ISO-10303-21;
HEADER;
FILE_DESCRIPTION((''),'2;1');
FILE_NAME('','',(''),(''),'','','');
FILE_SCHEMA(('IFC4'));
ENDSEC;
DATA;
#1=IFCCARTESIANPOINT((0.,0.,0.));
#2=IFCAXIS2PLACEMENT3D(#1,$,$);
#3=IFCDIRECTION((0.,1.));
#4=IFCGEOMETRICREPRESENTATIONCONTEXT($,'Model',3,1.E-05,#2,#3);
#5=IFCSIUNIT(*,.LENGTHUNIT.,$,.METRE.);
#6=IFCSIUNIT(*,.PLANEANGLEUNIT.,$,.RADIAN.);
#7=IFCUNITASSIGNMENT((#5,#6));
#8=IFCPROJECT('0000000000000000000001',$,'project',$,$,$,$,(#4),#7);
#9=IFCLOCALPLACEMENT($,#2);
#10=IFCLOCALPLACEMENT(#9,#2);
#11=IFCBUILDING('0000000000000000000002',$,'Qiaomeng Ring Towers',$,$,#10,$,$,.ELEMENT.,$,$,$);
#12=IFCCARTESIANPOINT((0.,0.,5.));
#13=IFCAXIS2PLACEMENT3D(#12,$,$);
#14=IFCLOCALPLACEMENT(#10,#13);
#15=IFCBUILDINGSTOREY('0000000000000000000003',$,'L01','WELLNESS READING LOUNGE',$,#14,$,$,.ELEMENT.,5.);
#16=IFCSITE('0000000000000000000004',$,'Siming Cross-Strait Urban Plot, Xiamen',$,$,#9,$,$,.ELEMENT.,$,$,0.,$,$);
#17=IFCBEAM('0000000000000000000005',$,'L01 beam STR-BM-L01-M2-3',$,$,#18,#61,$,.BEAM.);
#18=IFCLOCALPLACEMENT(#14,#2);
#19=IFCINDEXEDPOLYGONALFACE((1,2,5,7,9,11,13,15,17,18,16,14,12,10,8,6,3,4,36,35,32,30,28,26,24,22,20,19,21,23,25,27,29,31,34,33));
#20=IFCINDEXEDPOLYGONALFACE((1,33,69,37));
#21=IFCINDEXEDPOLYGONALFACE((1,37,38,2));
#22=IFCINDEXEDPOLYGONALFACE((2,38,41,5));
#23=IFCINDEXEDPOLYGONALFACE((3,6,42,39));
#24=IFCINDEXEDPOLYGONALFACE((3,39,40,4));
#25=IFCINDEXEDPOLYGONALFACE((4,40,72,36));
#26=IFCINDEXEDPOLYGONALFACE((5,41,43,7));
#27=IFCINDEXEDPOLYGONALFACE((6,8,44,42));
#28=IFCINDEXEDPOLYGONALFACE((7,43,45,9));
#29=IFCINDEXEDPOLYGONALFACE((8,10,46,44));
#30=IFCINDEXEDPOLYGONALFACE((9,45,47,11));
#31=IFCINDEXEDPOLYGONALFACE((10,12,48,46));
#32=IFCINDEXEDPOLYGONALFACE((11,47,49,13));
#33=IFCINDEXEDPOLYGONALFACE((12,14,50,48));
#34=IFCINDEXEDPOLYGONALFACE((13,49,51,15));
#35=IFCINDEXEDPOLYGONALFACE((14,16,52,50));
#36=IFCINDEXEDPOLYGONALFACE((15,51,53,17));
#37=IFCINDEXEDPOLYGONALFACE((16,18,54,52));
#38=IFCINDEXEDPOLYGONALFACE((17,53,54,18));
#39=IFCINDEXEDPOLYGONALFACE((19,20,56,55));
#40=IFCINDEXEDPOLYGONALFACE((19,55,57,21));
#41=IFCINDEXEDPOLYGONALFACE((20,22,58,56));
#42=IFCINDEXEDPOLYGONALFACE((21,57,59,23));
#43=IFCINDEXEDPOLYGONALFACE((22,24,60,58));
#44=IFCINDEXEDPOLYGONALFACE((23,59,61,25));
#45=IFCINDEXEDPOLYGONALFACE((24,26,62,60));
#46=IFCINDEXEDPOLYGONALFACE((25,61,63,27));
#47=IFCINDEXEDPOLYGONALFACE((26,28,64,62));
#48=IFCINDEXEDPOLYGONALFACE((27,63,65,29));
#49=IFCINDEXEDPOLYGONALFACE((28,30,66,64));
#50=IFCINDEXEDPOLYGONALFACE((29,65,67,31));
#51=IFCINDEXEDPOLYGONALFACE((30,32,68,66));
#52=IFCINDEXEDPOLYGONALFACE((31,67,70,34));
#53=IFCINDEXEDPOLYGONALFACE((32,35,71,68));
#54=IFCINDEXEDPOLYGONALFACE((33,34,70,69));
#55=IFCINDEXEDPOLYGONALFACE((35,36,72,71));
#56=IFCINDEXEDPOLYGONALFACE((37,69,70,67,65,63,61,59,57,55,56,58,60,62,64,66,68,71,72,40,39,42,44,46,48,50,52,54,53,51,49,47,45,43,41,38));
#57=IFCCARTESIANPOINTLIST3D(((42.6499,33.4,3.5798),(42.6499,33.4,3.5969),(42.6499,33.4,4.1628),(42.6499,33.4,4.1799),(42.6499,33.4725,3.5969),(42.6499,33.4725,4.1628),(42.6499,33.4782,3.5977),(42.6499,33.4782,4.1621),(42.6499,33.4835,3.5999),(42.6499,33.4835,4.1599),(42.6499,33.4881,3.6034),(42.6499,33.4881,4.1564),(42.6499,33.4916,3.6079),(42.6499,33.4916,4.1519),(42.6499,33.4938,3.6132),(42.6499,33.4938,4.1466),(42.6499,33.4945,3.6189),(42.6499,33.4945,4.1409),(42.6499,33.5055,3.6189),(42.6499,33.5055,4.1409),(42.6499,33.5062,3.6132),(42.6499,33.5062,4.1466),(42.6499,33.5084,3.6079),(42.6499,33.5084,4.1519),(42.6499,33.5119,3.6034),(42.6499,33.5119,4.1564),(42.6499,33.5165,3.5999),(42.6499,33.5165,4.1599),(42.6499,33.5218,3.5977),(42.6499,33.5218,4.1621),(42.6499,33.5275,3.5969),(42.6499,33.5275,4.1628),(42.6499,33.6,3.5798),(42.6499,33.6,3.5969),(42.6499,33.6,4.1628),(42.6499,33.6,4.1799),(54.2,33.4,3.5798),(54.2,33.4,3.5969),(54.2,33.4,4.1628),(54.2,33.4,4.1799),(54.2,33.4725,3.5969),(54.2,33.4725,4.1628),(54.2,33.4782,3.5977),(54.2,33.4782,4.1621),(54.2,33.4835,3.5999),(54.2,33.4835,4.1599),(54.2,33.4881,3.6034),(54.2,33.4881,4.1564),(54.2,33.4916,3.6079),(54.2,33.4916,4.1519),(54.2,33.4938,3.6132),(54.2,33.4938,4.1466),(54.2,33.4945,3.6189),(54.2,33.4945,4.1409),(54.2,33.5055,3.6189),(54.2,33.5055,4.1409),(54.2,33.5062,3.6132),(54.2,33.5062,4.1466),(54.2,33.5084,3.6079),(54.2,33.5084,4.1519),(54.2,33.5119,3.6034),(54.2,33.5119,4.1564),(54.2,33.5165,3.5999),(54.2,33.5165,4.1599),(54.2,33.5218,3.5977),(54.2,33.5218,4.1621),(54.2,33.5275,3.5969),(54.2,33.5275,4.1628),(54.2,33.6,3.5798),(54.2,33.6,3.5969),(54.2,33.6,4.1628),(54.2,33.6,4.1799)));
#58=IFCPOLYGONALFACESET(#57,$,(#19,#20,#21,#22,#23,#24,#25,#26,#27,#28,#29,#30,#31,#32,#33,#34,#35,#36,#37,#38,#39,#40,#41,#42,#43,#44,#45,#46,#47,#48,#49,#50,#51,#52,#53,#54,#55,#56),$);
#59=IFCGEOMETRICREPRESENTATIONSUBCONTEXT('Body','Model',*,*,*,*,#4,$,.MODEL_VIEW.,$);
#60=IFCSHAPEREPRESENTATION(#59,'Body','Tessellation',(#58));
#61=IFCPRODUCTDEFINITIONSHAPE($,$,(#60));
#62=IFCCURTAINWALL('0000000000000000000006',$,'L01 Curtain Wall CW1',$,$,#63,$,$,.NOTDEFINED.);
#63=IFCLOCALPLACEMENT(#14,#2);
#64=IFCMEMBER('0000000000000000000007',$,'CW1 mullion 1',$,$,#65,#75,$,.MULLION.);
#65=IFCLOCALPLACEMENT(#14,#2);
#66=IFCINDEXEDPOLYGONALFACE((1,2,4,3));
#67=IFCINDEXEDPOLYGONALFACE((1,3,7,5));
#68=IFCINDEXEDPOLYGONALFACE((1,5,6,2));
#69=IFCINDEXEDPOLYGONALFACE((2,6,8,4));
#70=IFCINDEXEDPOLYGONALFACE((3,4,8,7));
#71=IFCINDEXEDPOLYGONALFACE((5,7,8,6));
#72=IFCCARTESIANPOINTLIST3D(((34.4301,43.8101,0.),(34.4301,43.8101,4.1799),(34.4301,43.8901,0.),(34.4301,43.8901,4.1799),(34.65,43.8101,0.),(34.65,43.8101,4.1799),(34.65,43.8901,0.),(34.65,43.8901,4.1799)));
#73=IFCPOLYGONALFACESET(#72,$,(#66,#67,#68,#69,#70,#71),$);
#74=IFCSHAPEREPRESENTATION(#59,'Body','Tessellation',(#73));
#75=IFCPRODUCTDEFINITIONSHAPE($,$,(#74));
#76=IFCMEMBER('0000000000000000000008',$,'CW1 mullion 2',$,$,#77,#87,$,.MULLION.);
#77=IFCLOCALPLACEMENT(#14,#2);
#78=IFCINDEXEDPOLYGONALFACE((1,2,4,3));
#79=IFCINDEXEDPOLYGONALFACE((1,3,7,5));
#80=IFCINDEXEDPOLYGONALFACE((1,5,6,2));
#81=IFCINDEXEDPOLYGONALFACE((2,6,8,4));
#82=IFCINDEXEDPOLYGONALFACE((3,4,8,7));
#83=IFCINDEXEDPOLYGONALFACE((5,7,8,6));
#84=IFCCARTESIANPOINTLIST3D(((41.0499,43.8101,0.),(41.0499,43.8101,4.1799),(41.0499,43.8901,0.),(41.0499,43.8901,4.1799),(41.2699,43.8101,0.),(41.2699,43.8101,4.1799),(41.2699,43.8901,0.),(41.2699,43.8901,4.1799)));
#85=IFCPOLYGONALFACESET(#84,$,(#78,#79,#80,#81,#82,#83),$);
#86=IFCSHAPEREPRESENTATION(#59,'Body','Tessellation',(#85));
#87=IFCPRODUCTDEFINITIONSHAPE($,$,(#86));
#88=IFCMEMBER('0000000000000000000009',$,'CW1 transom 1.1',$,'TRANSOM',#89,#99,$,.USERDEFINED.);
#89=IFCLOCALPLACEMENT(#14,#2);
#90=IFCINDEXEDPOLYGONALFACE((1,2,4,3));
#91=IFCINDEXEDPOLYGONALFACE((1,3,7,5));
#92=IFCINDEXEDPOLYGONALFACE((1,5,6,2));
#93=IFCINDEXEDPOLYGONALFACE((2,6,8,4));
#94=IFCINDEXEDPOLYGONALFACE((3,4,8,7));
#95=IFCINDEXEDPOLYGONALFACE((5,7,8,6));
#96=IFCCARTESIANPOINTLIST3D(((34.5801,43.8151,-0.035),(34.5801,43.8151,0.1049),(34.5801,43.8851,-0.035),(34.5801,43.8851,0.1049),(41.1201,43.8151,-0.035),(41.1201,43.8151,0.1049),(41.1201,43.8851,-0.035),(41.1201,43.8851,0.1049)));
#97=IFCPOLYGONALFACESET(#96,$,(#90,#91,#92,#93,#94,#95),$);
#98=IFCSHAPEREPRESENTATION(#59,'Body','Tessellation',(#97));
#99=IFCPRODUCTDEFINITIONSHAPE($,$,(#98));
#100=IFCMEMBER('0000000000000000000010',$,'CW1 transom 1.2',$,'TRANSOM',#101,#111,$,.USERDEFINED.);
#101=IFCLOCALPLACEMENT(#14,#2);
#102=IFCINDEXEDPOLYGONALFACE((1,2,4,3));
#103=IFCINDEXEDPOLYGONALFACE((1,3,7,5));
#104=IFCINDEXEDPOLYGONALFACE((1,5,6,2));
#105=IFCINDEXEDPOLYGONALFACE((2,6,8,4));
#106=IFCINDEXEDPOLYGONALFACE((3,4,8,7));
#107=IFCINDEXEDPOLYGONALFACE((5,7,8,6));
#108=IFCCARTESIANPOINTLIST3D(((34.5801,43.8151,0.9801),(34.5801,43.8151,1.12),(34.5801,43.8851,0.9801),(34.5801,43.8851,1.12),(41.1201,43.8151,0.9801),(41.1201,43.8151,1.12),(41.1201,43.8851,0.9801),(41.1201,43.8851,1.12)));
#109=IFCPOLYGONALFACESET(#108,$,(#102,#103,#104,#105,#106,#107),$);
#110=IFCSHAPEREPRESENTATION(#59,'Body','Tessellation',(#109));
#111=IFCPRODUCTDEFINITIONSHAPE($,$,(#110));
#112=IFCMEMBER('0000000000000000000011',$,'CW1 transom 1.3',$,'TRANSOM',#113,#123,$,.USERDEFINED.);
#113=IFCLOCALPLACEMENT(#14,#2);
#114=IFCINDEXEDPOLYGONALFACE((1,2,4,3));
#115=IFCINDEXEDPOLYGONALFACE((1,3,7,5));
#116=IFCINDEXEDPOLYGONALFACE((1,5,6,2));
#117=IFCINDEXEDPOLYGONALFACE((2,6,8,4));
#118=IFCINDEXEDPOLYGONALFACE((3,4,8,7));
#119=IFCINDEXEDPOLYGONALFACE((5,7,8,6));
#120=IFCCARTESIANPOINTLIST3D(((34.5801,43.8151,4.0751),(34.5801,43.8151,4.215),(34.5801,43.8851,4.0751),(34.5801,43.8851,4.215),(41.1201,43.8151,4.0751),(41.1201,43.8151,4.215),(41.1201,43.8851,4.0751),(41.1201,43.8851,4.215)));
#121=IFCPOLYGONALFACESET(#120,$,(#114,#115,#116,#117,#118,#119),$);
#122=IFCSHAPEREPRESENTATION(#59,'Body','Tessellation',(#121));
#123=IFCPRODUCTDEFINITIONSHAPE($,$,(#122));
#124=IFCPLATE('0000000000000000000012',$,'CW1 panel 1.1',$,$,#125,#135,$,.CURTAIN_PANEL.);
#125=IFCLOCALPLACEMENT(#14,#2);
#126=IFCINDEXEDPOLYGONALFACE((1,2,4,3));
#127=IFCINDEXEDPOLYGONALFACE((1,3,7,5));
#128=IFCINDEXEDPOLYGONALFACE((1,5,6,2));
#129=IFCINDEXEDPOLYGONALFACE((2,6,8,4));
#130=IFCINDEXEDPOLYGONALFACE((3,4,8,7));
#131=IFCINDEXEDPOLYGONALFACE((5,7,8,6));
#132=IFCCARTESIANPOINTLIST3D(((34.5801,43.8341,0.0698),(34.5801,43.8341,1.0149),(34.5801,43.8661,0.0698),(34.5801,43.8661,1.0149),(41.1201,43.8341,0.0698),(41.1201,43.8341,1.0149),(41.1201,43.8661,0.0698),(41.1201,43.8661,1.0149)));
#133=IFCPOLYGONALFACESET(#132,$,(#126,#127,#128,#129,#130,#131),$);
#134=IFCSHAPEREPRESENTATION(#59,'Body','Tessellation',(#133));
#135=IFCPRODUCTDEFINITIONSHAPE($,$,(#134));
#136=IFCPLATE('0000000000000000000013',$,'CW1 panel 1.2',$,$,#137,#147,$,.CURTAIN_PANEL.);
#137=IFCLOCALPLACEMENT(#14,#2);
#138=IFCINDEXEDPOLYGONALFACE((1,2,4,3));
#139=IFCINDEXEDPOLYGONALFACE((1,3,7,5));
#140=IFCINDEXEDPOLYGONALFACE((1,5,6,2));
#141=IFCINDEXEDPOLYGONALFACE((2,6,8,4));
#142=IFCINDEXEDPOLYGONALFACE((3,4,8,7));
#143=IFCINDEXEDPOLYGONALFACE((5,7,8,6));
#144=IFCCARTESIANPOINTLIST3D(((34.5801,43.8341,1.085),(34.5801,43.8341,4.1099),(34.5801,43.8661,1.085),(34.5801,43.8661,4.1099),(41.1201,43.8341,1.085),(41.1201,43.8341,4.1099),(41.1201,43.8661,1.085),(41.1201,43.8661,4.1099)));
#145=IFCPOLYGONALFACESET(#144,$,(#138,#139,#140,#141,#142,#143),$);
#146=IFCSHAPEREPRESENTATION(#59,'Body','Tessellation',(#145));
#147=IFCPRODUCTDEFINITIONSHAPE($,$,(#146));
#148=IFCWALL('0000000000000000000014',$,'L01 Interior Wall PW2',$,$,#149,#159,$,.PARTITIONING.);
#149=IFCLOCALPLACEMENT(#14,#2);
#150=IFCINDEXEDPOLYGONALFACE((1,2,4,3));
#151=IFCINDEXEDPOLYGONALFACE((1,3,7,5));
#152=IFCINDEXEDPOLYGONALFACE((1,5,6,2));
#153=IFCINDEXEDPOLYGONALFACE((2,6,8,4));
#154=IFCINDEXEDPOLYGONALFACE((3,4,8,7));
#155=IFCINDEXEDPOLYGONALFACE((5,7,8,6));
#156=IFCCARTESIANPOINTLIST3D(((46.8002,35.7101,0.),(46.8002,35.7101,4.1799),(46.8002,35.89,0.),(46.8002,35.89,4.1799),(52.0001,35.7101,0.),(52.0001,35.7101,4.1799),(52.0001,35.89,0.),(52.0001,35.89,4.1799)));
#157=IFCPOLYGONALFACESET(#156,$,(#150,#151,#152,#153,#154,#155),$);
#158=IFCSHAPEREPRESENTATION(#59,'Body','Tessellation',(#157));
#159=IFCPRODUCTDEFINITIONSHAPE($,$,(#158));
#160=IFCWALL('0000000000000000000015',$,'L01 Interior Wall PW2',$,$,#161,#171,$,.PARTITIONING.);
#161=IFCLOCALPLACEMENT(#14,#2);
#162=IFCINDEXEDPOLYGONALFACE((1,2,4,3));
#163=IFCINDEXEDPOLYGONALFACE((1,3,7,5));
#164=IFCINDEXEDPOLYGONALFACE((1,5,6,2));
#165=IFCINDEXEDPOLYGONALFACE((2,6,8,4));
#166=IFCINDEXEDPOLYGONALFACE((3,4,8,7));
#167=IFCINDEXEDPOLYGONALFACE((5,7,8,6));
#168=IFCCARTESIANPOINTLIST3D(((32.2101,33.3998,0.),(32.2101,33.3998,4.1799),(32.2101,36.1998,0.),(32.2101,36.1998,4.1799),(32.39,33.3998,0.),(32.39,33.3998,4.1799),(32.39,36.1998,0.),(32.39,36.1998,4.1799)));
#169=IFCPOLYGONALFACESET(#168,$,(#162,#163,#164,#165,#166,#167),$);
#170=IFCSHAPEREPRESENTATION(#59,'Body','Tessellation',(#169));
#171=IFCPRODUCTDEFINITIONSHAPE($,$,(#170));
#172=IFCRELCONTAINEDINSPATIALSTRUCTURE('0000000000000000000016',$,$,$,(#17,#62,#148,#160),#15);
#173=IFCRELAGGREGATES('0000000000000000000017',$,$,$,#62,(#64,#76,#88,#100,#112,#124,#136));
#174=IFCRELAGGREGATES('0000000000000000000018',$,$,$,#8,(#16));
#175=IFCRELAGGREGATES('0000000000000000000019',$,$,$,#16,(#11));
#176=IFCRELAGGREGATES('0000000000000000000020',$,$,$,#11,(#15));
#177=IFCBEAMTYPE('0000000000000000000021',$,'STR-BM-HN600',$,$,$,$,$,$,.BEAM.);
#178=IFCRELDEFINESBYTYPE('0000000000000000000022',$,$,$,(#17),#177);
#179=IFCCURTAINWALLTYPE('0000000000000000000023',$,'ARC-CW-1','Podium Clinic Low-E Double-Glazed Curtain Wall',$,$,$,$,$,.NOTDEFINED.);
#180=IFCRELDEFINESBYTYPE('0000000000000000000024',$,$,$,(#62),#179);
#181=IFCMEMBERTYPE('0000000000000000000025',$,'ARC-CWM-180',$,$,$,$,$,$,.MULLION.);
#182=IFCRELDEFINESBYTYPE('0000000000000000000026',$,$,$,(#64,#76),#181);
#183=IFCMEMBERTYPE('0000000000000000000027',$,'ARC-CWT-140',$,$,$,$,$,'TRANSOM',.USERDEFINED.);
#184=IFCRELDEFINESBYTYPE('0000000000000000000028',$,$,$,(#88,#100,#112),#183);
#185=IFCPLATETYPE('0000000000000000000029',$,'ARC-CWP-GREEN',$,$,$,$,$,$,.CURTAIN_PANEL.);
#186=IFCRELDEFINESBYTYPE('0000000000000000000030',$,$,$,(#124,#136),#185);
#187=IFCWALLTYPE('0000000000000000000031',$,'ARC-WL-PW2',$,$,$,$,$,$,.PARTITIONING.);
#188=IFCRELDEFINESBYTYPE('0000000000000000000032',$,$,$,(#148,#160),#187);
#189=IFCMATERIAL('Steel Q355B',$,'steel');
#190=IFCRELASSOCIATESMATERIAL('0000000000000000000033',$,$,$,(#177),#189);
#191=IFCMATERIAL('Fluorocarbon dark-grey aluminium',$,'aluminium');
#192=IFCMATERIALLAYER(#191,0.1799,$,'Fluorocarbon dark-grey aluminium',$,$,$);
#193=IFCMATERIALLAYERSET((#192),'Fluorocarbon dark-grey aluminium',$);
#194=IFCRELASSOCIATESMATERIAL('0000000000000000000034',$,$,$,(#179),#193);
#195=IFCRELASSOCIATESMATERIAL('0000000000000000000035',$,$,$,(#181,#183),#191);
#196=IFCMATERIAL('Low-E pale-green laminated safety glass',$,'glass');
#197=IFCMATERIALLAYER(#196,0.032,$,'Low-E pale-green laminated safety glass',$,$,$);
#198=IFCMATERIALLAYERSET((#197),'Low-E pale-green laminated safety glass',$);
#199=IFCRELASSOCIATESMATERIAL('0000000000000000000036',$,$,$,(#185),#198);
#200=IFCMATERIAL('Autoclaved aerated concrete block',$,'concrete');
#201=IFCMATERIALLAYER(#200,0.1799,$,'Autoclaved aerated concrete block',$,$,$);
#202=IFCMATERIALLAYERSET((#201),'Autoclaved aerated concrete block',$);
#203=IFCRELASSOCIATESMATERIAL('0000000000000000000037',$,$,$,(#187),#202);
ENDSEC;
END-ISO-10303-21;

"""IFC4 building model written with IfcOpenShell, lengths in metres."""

from ifc_helpers import new_model, si_unit, direction, frame, frame_2d, origin, origin_2d, place, context, subcontext, project, spatial, rectangle, i_section, extrude, source, transform, mapped, material, layer, layer_set, material_profile, profile_set, type_object, element, aggregate, save


model = new_model("IFC4")

# Units and contexts
model_context = context("Model", 3, precision=1e-05, world=origin(), true_north=direction((0.0, 1.0)))
body_context = subcontext(model_context, "Body", "Model", "MODEL_VIEW")
ifc_project = project(units=[si_unit("LENGTHUNIT", "METRE"), si_unit("PLANEANGLEUNIT", "RADIAN")], contexts=[model_context])

# Site, building, storey
site_placement = place(None, origin())
site = spatial("IfcSite", under=ifc_project, at=site_placement, Name="Siming Cross-Strait Urban Plot, Xiamen", CompositionType="ELEMENT", RefElevation=0.0)
building_placement = place(site_placement, origin())
building = spatial("IfcBuilding", under=site, at=building_placement, Name="Qiaomeng Ring Towers", CompositionType="ELEMENT")
storey_placement = place(building_placement, frame((0.0, 0.0, 5.0)))
storey = spatial("IfcBuildingStorey", under=building, at=storey_placement, Name="L01", Description="WELLNESS READING LOUNGE", CompositionType="ELEMENT", Elevation=5.0)

# Beam
ifc_material_1 = material(Name="Steel Q355B", Category="steel")
ifc_material_profile_1 = material_profile(ifc_material_1, i_section(OverallWidth=0.2, OverallDepth=0.6001, WebThickness=0.011, FlangeThickness=0.0171, FilletRadius=0.022, at=origin_2d()), Name="HN 600x200x11x17")
ifc_profile_set_1 = profile_set([ifc_material_profile_1], Name="Steel Q355B")
beam_type_1 = type_object("IfcBeamType", Name="STR-BM-HN600", PredefinedType="BEAM", material=ifc_profile_set_1)
shared_shape_1 = source(origin(), body_context, "Body", "SweptSolid", [
    extrude(i_section(OverallWidth=0.2, OverallDepth=0.6001, WebThickness=0.011, FlangeThickness=0.0171, FilletRadius=0.022, at=origin_2d()), origin(), (0.0, 0.0, 1.0), 11.55),
])
beam_1_placement = place(storey_placement, frame((42.6499, 33.5, 3.8799), z_axis=(1.0, 0.0, 0.0), x_axis=(0.0, 1.0, 0.0)))
element("IfcBeam", 1, at=beam_1_placement, inside=storey, type_object=beam_type_1, Name="L01 beam STR-BM-L01-M2-3", PredefinedType="BEAM", context=body_context, shape_type="MappedRepresentation", body=[
    mapped(shared_shape_1, transform((0.0, 0.0, 0.0), x_axis=(1.0, 0.0, 0.0), y_axis=(0.0, 1.0, 0.0), z_axis=(0.0, 0.0, 1.0), scale=1.0)),
])

# Curtain wall, members, plates
ifc_material_2 = material(Name="Fluorocarbon dark-grey aluminium", Category="aluminium")
ifc_layer_1 = layer(ifc_material_2, 0.1799, Name="Fluorocarbon dark-grey aluminium")
ifc_layer_set_1 = layer_set([ifc_layer_1], Name="Fluorocarbon dark-grey aluminium")
curtain_wall_type = type_object("IfcCurtainWallType", Name="ARC-CW-1", Description="Podium Clinic Low-E Double-Glazed Curtain Wall", PredefinedType="NOTDEFINED", material=ifc_layer_set_1)
curtain_wall_placement = place(storey_placement, origin())
curtain_wall = element("IfcCurtainWall", 2, at=curtain_wall_placement, inside=storey, type_object=curtain_wall_type, Name="L01 Curtain Wall CW1", PredefinedType="NOTDEFINED")
ifc_material_profile_2 = material_profile(ifc_material_2, rectangle(XDim=0.0801, YDim=0.22, at=origin_2d()), Name="ALU MULL 80x220")
ifc_profile_set_2 = profile_set([ifc_material_profile_2], Name="Fluorocarbon dark-grey aluminium")
member_type_1 = type_object("IfcMemberType", Name="ARC-CWM-180", PredefinedType="MULLION", material=ifc_profile_set_2)
shared_shape_2 = source(origin(), body_context, "Body", "SweptSolid", [
    extrude(rectangle(XDim=0.0801, YDim=0.22, at=origin_2d()), origin(), (0.0, 0.0, 1.0), 4.1799),
])
member_1_placement = place(storey_placement, frame((34.54, 43.8501, 0.0), z_axis=(0.0, 0.0, 1.0), x_axis=(0.0, 1.0, 0.0)))
member_1 = element("IfcMember", 3, at=member_1_placement, type_object=member_type_1, Name="CW1 mullion 1", PredefinedType="MULLION", context=body_context, shape_type="MappedRepresentation", body=[
    mapped(shared_shape_2, transform((0.0, 0.0, 0.0), x_axis=(1.0, 0.0, 0.0), y_axis=(0.0, 1.0, 0.0), z_axis=(0.0, 0.0, 1.0), scale=1.0)),
])
member_2_placement = place(storey_placement, frame((41.1599, 43.8501, 0.0), z_axis=(0.0, 0.0, 1.0), x_axis=(0.0, 1.0, 0.0)))
member_2 = element("IfcMember", 4, at=member_2_placement, type_object=member_type_1, Name="CW1 mullion 2", PredefinedType="MULLION", context=body_context, shape_type="MappedRepresentation", body=[
    mapped(shared_shape_2, transform((0.0, 0.0, 0.0), x_axis=(1.0, 0.0, 0.0), y_axis=(0.0, 1.0, 0.0), z_axis=(0.0, 0.0, 1.0), scale=1.0)),
])
ifc_material_profile_3 = material_profile(ifc_material_2, rectangle(XDim=0.0701, YDim=0.1399, at=origin_2d()), Name="ALU TRAN 70x140")
ifc_profile_set_3 = profile_set([ifc_material_profile_3], Name="Fluorocarbon dark-grey aluminium")
member_type_2 = type_object("IfcMemberType", Name="ARC-CWT-140", ElementType="TRANSOM", PredefinedType="USERDEFINED", material=ifc_profile_set_3)
shared_shape_3 = source(origin(), body_context, "Body", "SweptSolid", [
    extrude(rectangle(XDim=0.0701, YDim=0.1399, at=origin_2d()), origin(), (0.0, 0.0, 1.0), 6.54),
])
member_3_placement = place(storey_placement, frame((34.5801, 43.8501, 0.0349), z_axis=(1.0, 0.0, 0.0), x_axis=(0.0, 1.0, 0.0)))
member_3 = element("IfcMember", 5, at=member_3_placement, type_object=member_type_2, Name="CW1 transom 1.1", ObjectType="TRANSOM", PredefinedType="USERDEFINED", context=body_context, shape_type="MappedRepresentation", body=[
    mapped(shared_shape_3, transform((0.0, 0.0, 0.0), x_axis=(1.0, 0.0, 0.0), y_axis=(0.0, 1.0, 0.0), z_axis=(0.0, 0.0, 1.0), scale=1.0)),
])
member_4_placement = place(storey_placement, frame((34.5801, 43.8501, 1.05), z_axis=(1.0, 0.0, 0.0), x_axis=(0.0, 1.0, 0.0)))
member_4 = element("IfcMember", 6, at=member_4_placement, type_object=member_type_2, Name="CW1 transom 1.2", ObjectType="TRANSOM", PredefinedType="USERDEFINED", context=body_context, shape_type="MappedRepresentation", body=[
    mapped(shared_shape_3, transform((0.0, 0.0, 0.0), x_axis=(1.0, 0.0, 0.0), y_axis=(0.0, 1.0, 0.0), z_axis=(0.0, 0.0, 1.0), scale=1.0)),
])
member_5_placement = place(storey_placement, frame((34.5801, 43.8501, 4.145), z_axis=(1.0, 0.0, 0.0), x_axis=(0.0, 1.0, 0.0)))
member_5 = element("IfcMember", 7, at=member_5_placement, type_object=member_type_2, Name="CW1 transom 1.3", ObjectType="TRANSOM", PredefinedType="USERDEFINED", context=body_context, shape_type="MappedRepresentation", body=[
    mapped(shared_shape_3, transform((0.0, 0.0, 0.0), x_axis=(1.0, 0.0, 0.0), y_axis=(0.0, 1.0, 0.0), z_axis=(0.0, 0.0, 1.0), scale=1.0)),
])
ifc_material_3 = material(Name="Low-E pale-green laminated safety glass", Category="glass")
ifc_layer_2 = layer(ifc_material_3, 0.032, Name="Low-E pale-green laminated safety glass")
ifc_layer_set_2 = layer_set([ifc_layer_2], Name="Low-E pale-green laminated safety glass")
plate_type = type_object("IfcPlateType", Name="ARC-CWP-GREEN", PredefinedType="CURTAIN_PANEL", material=ifc_layer_set_2)
shared_shape_4 = source(origin(), body_context, "Body", "SweptSolid", [
    extrude(rectangle(XDim=6.54, YDim=0.032, at=origin_2d()), origin(), (0.0, 0.0, 1.0), 0.9451),
])
plate_1_placement = place(storey_placement, frame((37.8501, 43.8501, 0.0698), z_axis=(0.0, 0.0, 1.0), x_axis=(1.0, 0.0, 0.0)))
plate_1 = element("IfcPlate", 8, at=plate_1_placement, type_object=plate_type, Name="CW1 panel 1.1", PredefinedType="CURTAIN_PANEL", context=body_context, shape_type="MappedRepresentation", body=[
    mapped(shared_shape_4, transform((0.0, 0.0, 0.0), x_axis=(1.0, 0.0, 0.0), y_axis=(0.0, 1.0, 0.0), z_axis=(0.0, 0.0, 1.0), scale=1.0)),
])
shared_shape_5 = source(origin(), body_context, "Body", "SweptSolid", [
    extrude(rectangle(XDim=6.54, YDim=0.032, at=origin_2d()), origin(), (0.0, 0.0, 1.0), 3.0249),
])
plate_2_placement = place(storey_placement, frame((37.8501, 43.8501, 1.085), z_axis=(0.0, 0.0, 1.0), x_axis=(1.0, 0.0, 0.0)))
plate_2 = element("IfcPlate", 9, at=plate_2_placement, type_object=plate_type, Name="CW1 panel 1.2", PredefinedType="CURTAIN_PANEL", context=body_context, shape_type="MappedRepresentation", body=[
    mapped(shared_shape_5, transform((0.0, 0.0, 0.0), x_axis=(1.0, 0.0, 0.0), y_axis=(0.0, 1.0, 0.0), z_axis=(0.0, 0.0, 1.0), scale=1.0)),
])
aggregate(curtain_wall, [member_1, member_2, member_3, member_4, member_5, plate_1, plate_2])

# Walls
ifc_material_4 = material(Name="Autoclaved aerated concrete block", Category="concrete")
ifc_layer_3 = layer(ifc_material_4, 0.1799, Name="Autoclaved aerated concrete block")
ifc_layer_set_3 = layer_set([ifc_layer_3], Name="Autoclaved aerated concrete block")
wall_type_1 = type_object("IfcWallType", Name="ARC-WL-PW2", PredefinedType="PARTITIONING", material=ifc_layer_set_3)
wall_1_placement = place(storey_placement, frame((46.8, 35.8, 0.0), z_axis=(0.0, 0.0, 1.0), x_axis=(1.0, 0.0, 0.0)))
element("IfcWall", 10, at=wall_1_placement, inside=storey, type_object=wall_type_1, Name="L01 Interior Wall PW2", PredefinedType="PARTITIONING", context=body_context, shape_type="SweptSolid", body=[
    extrude(rectangle(XDim=5.2, YDim=0.1799, at=frame_2d((2.6001, 0.0))), origin(), (0.0, 0.0, 1.0), 4.1799),
])
for number, where, z_axis, x_axis, name in (
    (11, (32.3, 33.3999, 0.0), (0.0, 0.0, 1.0), (0.0, 1.0, 0.0), "L01 Interior Wall PW2"),
):
    element("IfcWall", number, at=place(storey_placement, frame(where, z_axis=z_axis, x_axis=x_axis)), inside=storey, type_object=wall_type_1, Name=name, PredefinedType="PARTITIONING", context=body_context, shape_type="SweptSolid", body=[
        extrude(rectangle(XDim=2.8, YDim=0.1799, at=frame_2d((1.3999, 0.0))), origin(), (0.0, 0.0, 1.0), 4.1799),
    ])

save(model, "model.ifc")
